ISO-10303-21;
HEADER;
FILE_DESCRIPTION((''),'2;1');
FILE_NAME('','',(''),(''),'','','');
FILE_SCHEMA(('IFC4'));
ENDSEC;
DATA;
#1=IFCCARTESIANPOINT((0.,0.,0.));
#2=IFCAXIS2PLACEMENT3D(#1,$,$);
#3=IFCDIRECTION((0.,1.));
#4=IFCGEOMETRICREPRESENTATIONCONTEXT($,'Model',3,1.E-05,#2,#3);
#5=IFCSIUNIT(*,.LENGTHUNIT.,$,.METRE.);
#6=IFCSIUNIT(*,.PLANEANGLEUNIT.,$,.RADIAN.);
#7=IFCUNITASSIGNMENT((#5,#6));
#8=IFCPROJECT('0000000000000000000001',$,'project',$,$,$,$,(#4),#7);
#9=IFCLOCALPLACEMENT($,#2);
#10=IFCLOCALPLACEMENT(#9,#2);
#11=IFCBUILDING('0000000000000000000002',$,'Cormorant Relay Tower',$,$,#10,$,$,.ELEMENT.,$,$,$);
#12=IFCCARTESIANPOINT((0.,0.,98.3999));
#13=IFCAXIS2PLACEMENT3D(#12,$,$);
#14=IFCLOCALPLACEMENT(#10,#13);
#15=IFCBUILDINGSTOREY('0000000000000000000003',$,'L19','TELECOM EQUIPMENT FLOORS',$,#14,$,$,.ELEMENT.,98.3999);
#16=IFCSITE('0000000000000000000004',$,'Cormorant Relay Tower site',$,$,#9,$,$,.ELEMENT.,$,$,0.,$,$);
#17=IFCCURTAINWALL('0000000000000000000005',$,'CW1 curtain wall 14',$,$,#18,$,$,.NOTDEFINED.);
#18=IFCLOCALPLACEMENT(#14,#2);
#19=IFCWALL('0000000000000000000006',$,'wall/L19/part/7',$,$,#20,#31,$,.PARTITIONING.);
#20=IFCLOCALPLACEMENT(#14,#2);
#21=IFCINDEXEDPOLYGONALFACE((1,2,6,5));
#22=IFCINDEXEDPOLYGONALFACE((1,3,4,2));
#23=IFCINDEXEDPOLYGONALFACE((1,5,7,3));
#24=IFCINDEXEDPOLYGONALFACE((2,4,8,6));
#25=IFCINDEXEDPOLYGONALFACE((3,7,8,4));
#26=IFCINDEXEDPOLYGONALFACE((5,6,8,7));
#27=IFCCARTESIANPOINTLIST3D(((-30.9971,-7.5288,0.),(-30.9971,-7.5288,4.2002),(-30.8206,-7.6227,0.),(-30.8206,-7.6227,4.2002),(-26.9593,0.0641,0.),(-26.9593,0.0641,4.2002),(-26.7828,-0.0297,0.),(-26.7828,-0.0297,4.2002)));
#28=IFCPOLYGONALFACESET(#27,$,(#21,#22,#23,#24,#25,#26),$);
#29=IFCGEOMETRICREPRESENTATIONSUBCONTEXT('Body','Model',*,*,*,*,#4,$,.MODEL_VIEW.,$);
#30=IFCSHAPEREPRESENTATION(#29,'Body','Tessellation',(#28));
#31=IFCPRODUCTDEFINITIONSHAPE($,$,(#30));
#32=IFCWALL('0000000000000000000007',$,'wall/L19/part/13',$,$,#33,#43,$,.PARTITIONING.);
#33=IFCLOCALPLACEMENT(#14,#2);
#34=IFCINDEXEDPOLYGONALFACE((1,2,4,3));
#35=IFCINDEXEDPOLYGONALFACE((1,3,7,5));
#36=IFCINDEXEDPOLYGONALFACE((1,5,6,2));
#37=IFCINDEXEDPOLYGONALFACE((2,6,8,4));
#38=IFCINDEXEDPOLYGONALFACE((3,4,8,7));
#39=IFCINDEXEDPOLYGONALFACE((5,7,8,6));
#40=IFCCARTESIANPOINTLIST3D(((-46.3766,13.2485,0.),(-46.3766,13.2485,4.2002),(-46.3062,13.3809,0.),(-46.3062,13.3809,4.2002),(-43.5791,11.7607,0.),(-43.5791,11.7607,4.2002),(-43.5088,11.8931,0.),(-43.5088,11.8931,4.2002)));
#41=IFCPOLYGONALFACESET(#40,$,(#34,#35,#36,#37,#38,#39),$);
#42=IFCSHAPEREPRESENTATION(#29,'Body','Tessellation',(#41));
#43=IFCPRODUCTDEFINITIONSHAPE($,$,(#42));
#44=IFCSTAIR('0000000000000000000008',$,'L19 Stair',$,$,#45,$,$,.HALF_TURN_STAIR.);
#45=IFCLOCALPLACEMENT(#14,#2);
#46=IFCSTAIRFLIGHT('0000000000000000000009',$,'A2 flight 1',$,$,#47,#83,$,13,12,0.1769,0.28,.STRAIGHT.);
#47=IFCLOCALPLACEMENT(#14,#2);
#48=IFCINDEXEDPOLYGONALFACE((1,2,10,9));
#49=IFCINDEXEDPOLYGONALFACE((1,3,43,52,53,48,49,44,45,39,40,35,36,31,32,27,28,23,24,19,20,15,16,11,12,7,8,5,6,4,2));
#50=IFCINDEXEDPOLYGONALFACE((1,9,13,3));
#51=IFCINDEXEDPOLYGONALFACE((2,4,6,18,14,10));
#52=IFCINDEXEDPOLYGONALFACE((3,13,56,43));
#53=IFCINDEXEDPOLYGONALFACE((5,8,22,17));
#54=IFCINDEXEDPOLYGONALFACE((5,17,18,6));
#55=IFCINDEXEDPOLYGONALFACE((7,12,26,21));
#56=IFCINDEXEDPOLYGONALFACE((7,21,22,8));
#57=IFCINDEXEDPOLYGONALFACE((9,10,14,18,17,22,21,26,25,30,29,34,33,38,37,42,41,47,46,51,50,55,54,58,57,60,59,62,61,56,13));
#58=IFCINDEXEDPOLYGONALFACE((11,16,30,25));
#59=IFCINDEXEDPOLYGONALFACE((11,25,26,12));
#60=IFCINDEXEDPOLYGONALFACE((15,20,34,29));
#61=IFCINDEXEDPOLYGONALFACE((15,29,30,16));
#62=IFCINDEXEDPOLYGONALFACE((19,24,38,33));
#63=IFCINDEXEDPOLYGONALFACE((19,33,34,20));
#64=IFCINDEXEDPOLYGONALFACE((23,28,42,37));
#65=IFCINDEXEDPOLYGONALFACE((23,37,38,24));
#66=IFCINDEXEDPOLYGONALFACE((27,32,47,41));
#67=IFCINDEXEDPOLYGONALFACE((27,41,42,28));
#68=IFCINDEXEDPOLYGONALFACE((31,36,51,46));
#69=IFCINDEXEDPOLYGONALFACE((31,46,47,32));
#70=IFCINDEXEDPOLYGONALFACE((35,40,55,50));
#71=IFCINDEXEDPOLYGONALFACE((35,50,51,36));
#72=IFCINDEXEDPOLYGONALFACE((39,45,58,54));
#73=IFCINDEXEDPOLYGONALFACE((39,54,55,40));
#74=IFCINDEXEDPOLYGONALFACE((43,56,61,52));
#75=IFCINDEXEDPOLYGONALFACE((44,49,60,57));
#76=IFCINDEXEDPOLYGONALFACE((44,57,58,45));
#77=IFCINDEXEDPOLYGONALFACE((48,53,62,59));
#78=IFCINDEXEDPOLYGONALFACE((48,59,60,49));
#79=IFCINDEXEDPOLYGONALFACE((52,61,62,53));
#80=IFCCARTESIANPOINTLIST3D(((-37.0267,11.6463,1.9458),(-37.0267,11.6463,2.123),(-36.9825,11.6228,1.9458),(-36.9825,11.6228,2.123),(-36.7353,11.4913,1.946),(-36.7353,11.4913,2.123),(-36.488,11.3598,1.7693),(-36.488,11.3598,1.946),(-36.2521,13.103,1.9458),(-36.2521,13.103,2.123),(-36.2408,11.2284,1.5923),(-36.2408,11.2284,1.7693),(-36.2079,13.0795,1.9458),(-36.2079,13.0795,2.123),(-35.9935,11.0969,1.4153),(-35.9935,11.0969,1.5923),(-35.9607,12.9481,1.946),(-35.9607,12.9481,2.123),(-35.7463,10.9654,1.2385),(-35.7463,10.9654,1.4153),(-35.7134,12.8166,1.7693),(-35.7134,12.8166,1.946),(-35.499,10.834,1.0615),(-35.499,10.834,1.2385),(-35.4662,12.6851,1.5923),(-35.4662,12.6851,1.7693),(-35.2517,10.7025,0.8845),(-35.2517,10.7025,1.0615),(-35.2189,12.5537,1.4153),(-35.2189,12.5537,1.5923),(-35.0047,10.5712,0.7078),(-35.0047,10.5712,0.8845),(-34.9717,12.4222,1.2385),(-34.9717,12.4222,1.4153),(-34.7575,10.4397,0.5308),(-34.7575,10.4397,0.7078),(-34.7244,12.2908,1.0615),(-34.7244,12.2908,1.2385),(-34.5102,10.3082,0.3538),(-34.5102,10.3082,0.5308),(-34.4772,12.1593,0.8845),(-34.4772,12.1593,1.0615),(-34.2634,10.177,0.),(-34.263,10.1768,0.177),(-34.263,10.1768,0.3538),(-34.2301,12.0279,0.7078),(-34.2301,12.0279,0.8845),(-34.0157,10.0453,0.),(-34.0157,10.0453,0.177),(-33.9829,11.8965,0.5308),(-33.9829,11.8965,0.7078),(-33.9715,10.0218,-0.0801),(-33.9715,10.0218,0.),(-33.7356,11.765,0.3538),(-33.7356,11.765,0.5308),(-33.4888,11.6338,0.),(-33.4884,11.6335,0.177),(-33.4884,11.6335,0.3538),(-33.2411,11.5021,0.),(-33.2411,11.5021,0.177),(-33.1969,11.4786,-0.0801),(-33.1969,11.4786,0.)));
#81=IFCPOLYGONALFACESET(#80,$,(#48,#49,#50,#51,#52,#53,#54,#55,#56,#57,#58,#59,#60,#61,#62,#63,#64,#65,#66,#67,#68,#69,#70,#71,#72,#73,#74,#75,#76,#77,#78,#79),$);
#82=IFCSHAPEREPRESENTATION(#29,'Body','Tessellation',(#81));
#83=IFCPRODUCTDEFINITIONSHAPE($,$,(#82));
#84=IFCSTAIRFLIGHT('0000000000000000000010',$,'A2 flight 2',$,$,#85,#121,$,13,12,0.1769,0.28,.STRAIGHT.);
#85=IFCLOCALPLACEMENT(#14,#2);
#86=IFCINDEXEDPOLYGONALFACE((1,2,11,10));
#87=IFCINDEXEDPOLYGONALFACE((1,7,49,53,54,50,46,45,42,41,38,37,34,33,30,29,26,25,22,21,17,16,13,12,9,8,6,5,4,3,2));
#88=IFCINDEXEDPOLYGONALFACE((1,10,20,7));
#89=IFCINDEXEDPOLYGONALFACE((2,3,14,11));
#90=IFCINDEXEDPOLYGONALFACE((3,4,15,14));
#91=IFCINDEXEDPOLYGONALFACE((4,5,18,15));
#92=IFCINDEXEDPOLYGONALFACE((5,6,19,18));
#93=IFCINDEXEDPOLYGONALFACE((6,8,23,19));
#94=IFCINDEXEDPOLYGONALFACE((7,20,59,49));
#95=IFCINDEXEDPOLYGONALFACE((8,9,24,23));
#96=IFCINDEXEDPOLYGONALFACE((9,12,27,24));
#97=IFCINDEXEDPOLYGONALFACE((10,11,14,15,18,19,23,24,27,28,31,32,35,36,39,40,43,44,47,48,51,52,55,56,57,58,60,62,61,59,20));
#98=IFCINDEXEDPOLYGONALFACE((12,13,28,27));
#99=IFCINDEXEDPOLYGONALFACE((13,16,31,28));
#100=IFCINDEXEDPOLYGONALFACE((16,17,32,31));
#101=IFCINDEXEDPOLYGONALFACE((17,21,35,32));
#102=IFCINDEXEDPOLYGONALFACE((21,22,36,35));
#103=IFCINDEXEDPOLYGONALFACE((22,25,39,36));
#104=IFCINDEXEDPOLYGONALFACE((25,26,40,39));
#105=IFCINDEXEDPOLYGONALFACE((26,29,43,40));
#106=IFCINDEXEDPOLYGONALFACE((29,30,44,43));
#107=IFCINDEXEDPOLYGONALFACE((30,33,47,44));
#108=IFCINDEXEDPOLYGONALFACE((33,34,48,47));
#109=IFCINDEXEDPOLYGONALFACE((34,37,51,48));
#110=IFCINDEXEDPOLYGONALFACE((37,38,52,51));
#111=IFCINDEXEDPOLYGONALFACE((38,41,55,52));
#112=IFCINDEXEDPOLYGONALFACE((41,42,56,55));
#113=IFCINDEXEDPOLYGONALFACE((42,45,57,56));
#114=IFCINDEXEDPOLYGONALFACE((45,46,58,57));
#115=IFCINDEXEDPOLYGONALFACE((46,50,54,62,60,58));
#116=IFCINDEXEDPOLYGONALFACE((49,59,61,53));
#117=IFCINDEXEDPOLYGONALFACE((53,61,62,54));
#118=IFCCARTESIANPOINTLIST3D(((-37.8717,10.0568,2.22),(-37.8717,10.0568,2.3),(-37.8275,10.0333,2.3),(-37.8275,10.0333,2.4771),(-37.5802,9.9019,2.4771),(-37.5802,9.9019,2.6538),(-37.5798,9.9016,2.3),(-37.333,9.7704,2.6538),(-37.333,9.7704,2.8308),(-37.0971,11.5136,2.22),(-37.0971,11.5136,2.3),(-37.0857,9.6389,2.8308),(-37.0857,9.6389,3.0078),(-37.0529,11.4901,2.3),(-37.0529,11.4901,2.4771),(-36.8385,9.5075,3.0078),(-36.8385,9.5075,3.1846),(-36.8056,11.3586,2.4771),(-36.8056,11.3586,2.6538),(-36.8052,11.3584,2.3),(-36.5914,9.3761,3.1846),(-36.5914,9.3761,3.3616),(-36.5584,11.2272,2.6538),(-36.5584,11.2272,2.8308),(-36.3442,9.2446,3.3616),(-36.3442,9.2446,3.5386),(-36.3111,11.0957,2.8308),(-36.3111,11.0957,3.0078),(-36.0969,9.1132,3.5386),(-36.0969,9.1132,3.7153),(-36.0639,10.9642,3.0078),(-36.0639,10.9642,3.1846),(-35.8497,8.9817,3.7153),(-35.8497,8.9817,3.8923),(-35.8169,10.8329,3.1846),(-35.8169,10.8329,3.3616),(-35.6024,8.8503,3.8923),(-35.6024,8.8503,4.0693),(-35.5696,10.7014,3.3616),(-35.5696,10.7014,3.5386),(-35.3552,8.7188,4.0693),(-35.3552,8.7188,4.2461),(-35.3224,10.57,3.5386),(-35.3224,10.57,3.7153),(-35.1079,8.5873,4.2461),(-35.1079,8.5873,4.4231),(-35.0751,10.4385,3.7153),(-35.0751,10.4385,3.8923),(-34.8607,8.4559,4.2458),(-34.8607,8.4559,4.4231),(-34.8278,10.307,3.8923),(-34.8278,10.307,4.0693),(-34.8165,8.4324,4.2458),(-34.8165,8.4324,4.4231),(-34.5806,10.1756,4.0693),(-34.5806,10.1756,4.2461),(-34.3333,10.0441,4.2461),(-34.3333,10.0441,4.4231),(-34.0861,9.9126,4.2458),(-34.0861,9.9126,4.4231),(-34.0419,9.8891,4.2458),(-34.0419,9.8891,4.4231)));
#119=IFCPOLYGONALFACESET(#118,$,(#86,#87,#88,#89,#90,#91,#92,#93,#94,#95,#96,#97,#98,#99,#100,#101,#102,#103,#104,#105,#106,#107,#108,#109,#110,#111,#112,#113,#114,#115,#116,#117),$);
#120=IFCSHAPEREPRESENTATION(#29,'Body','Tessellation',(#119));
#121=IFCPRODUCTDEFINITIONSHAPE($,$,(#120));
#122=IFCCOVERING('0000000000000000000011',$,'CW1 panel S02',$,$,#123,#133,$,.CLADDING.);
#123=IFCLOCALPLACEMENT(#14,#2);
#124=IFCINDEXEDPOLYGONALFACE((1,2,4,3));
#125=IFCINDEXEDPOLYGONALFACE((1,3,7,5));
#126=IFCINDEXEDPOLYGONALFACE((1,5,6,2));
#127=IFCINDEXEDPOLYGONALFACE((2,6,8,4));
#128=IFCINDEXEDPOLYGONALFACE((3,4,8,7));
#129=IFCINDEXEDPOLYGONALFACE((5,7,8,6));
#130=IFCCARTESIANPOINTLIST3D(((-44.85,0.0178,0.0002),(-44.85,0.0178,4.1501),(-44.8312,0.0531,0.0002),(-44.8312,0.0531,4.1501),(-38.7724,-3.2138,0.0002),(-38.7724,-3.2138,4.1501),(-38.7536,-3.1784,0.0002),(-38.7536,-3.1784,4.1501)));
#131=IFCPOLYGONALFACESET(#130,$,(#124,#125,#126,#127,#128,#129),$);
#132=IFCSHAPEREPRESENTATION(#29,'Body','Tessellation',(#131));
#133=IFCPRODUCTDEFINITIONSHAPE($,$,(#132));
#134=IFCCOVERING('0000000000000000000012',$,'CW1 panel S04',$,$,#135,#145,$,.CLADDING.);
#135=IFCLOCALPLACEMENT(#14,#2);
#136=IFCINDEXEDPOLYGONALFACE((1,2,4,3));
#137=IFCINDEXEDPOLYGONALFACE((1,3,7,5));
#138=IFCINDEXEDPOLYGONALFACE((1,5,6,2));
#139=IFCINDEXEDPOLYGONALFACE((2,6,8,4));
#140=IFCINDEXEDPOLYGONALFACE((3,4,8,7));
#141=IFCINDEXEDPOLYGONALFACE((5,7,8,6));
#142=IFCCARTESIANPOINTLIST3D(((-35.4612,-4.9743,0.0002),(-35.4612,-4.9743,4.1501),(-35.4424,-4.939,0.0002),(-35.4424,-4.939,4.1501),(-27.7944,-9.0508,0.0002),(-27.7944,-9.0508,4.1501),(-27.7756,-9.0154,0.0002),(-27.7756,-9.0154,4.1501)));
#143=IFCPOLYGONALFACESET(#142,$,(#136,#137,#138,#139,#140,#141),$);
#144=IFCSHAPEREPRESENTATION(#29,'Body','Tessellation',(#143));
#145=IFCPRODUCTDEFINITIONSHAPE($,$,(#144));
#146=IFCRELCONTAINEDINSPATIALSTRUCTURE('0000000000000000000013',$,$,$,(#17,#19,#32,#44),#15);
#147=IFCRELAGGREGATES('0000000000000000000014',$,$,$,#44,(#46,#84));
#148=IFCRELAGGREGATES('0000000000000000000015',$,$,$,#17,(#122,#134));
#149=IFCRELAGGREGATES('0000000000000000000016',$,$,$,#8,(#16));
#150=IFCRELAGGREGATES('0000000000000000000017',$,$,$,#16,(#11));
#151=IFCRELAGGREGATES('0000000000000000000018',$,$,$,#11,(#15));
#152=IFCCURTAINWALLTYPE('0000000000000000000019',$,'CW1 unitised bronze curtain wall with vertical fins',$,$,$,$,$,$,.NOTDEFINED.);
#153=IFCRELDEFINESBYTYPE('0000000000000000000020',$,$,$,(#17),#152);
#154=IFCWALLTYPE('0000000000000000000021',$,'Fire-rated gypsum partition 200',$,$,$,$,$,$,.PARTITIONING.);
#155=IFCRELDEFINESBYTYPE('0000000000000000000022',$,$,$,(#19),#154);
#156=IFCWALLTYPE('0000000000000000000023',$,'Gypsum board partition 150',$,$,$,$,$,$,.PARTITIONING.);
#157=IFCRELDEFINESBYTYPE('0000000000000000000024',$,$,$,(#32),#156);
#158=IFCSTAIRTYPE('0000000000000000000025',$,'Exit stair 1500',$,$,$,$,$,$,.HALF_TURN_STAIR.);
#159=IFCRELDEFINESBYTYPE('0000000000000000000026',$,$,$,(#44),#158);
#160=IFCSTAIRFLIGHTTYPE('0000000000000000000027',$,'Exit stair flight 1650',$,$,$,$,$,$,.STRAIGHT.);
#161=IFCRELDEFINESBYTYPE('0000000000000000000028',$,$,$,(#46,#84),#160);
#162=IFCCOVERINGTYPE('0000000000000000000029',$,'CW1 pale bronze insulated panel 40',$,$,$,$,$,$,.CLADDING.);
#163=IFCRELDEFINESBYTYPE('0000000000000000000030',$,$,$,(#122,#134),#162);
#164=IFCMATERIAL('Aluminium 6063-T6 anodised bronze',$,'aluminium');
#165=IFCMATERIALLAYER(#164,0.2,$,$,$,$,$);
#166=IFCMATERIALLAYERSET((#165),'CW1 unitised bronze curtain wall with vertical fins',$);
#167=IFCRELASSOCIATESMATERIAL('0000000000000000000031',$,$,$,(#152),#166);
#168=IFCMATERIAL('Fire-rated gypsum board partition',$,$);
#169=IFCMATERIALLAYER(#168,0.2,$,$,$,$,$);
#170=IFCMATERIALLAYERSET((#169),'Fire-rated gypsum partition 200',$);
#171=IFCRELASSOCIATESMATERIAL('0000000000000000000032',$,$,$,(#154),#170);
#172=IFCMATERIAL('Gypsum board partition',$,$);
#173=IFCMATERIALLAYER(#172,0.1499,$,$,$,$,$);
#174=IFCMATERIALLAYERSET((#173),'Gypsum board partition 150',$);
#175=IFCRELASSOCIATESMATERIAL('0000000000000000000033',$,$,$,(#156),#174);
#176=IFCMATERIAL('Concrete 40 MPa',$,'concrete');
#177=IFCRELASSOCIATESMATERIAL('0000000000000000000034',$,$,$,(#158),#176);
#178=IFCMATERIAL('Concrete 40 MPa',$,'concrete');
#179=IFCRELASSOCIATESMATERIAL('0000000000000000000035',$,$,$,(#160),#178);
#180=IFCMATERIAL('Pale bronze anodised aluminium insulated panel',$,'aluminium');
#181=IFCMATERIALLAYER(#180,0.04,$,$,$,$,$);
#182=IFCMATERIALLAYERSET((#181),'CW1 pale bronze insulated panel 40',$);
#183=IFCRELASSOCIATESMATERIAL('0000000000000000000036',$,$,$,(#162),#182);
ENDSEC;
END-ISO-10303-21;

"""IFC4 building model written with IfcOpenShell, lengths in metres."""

from ifc_helpers import new_model, si_unit, direction, frame, frame_2d, origin, origin_2d, place, context, subcontext, project, spatial, polyline, rectangle, outline, extrude, material, layer, layer_set, type_object, element, aggregate, save


model = new_model("IFC4")

# Units and contexts
model_context = context("Model", 3, precision=1e-05, world=origin(), true_north=direction((0.0, 1.0)))
body_context = subcontext(model_context, "Body", "Model", "MODEL_VIEW")
ifc_project = project(units=[si_unit("LENGTHUNIT", "METRE"), si_unit("PLANEANGLEUNIT", "RADIAN")], contexts=[model_context])

# Site, building, storey
site_placement = place(None, origin())
site = spatial("IfcSite", under=ifc_project, at=site_placement, Name="Cormorant Relay Tower site", CompositionType="ELEMENT", RefElevation=0.0)
building_placement = place(site_placement, origin())
building = spatial("IfcBuilding", under=site, at=building_placement, Name="Cormorant Relay Tower", CompositionType="ELEMENT")
storey_placement = place(building_placement, frame((0.0, 0.0, 98.3999)))
storey = spatial("IfcBuildingStorey", under=building, at=storey_placement, Name="L19", Description="TELECOM EQUIPMENT FLOORS", CompositionType="ELEMENT", Elevation=98.3999)

# Curtain wall
ifc_material_1 = material(Name="Aluminium 6063-T6 anodised bronze", Category="aluminium")
ifc_layer_1 = layer(ifc_material_1, 0.2)
ifc_layer_set_1 = layer_set([ifc_layer_1], Name="CW1 unitised bronze curtain wall with vertical fins")
curtain_wall_type = type_object("IfcCurtainWallType", Name="CW1 unitised bronze curtain wall with vertical fins", PredefinedType="NOTDEFINED", material=ifc_layer_set_1)
curtain_wall_placement = place(storey_placement, origin())
curtain_wall = element("IfcCurtainWall", 1, at=curtain_wall_placement, inside=storey, type_object=curtain_wall_type, Name="CW1 curtain wall 14", PredefinedType="NOTDEFINED")

# Walls
ifc_material_2 = material(Name="Fire-rated gypsum board partition")
ifc_layer_2 = layer(ifc_material_2, 0.2)
ifc_layer_set_2 = layer_set([ifc_layer_2], Name="Fire-rated gypsum partition 200")
wall_type_1 = type_object("IfcWallType", Name="Fire-rated gypsum partition 200", PredefinedType="PARTITIONING", material=ifc_layer_set_2)
wall_1_placement = place(storey_placement, frame((-26.8711, 0.0171, 0.0), z_axis=(0.0, 0.0, 1.0), x_axis=(-0.469523, -0.88292, 0.0)))
element("IfcWall", 2, at=wall_1_placement, inside=storey, type_object=wall_type_1, Name="wall/L19/part/7", PredefinedType="PARTITIONING", context=body_context, shape_type="SweptSolid", body=[
    extrude(rectangle(XDim=8.5999, YDim=0.2, at=frame_2d((4.2998, 0.0))), origin(), (0.0, 0.0, 1.0), 4.2002),
])
ifc_material_3 = material(Name="Gypsum board partition")
ifc_layer_3 = layer(ifc_material_3, 0.1499)
ifc_layer_set_3 = layer_set([ifc_layer_3], Name="Gypsum board partition 150")
wall_type_2 = type_object("IfcWallType", Name="Gypsum board partition 150", PredefinedType="PARTITIONING", material=ifc_layer_set_3)
wall_2_placement = place(storey_placement, frame((-43.5439, 11.8269, 0.0), z_axis=(0.0, 0.0, 1.0), x_axis=(-0.882894, 0.469572, 0.0)))
element("IfcWall", 3, at=wall_2_placement, inside=storey, type_object=wall_type_2, Name="wall/L19/part/13", PredefinedType="PARTITIONING", context=body_context, shape_type="SweptSolid", body=[
    extrude(rectangle(XDim=3.1685, YDim=0.1499, at=frame_2d((1.5842, 0.0))), origin(), (0.0, 0.0, 1.0), 4.2002),
])

# Stair, stair flights
ifc_material_4 = material(Name="Concrete 40 MPa", Category="concrete")
stair_type = type_object("IfcStairType", Name="Exit stair 1500", PredefinedType="HALF_TURN_STAIR", material=ifc_material_4)
stair_placement = place(storey_placement, origin())
stair = element("IfcStair", 4, at=stair_placement, inside=storey, type_object=stair_type, Name="L19 Stair", PredefinedType="HALF_TURN_STAIR")
ifc_material_5 = material(Name="Concrete 40 MPa", Category="concrete")
stair_flight_type = type_object("IfcStairFlightType", Name="Exit stair flight 1650", PredefinedType="STRAIGHT", material=ifc_material_5)
stair_flight_1_placement = place(storey_placement, frame((-33.6284, 10.7737, 0.0), z_axis=(0.0, 0.0, 1.0), x_axis=(-0.882948, 0.469472, 0.0)))
stair_flight_1 = element("IfcStairFlight", 5, at=stair_flight_1_placement, type_object=stair_flight_type, Name="A2 flight 1", NumberOfRisers=13, NumberOfTreads=12, PredefinedType="STRAIGHT", RiserHeight=0.1769, TreadLength=0.28, context=body_context, shape_type="SweptSolid", body=[
    extrude(outline(polyline([(-0.05, -0.0801), (-0.05, 0.0), (0.0, 0.0), (0.0, 0.177), (0.28, 0.177), (0.28, 0.3538), (0.5601, 0.3538), (0.5601, 0.5308), (0.8401, 0.5308), (0.8401, 0.7078), (1.1201, 0.7078), (1.1201, 0.8845), (1.3999, 0.8845), (1.3999, 1.0615), (1.6799, 1.0615), (1.6799, 1.2385), (1.96, 1.2385), (1.96, 1.4153), (2.24, 1.4153), (2.24, 1.5923), (2.52, 1.5923), (2.52, 1.7693), (2.8, 1.7693), (2.8, 1.946), (3.0801, 1.946), (3.0801, 2.123), (3.3601, 2.123), (3.4102, 2.123), (3.4102, 1.9458), (3.3601, 1.9458), (0.2805, 0.0), (-0.05, -0.0801)])), frame((0.0, 0.825, 0.0), z_axis=(0.0, -1.0, 0.0), x_axis=(1.0, 0.0, 0.0)), (0.0, 0.0, 1.0), 1.6499),
])
stair_flight_2_placement = place(storey_placement, frame((-37.4402, 10.7617, 2.3), z_axis=(0.0, 0.0, 1.0), x_axis=(0.882948, -0.469472, 0.0)))
stair_flight_2 = element("IfcStairFlight", 6, at=stair_flight_2_placement, type_object=stair_flight_type, Name="A2 flight 2", NumberOfRisers=13, NumberOfTreads=12, PredefinedType="STRAIGHT", RiserHeight=0.1769, TreadLength=0.28, context=body_context, shape_type="SweptSolid", body=[
    extrude(outline(polyline([(-0.05, -0.0801), (-0.05, 0.0), (0.0, 0.0), (0.0, 0.177), (0.28, 0.177), (0.28, 0.3538), (0.5601, 0.3538), (0.5601, 0.5308), (0.8401, 0.5308), (0.8401, 0.7078), (1.1201, 0.7078), (1.1201, 0.8845), (1.3999, 0.8845), (1.3999, 1.0615), (1.6799, 1.0615), (1.6799, 1.2385), (1.96, 1.2385), (1.96, 1.4153), (2.24, 1.4153), (2.24, 1.5923), (2.52, 1.5923), (2.52, 1.7693), (2.8, 1.7693), (2.8, 1.946), (3.0801, 1.946), (3.0801, 2.123), (3.3601, 2.123), (3.4102, 2.123), (3.4102, 1.9458), (3.3601, 1.9458), (0.2805, 0.0), (-0.05, -0.0801)])), frame((0.0, 0.825, 0.0), z_axis=(0.0, -1.0, 0.0), x_axis=(1.0, 0.0, 0.0)), (0.0, 0.0, 1.0), 1.6499),
])
aggregate(stair, [stair_flight_1, stair_flight_2])

# Coverings
ifc_material_6 = material(Name="Pale bronze anodised aluminium insulated panel", Category="aluminium")
ifc_layer_4 = layer(ifc_material_6, 0.04)
ifc_layer_set_4 = layer_set([ifc_layer_4], Name="CW1 pale bronze insulated panel 40")
covering_type = type_object("IfcCoveringType", Name="CW1 pale bronze insulated panel 40", PredefinedType="CLADDING", material=ifc_layer_set_4)
covering_1_placement = place(storey_placement, frame((-41.8018, -1.5803, 0.0002), z_axis=(0.0, 0.0, 1.0), x_axis=(0.882948, -0.469472, 0.0)))
covering_1 = element("IfcCovering", 7, at=covering_1_placement, type_object=covering_type, Name="CW1 panel S02", PredefinedType="CLADDING", context=body_context, shape_type="SweptSolid", body=[
    extrude(rectangle(XDim=6.8833, YDim=0.04, at=origin_2d()), origin(), (0.0, 0.0, 1.0), 4.1499),
])
covering_2_placement = place(storey_placement, frame((-31.6184, -6.9949, 0.0002), z_axis=(0.0, 0.0, 1.0), x_axis=(0.882948, -0.469472, 0.0)))
covering_2 = element("IfcCovering", 8, at=covering_2_placement, type_object=covering_type, Name="CW1 panel S04", PredefinedType="CLADDING", context=body_context, shape_type="SweptSolid", body=[
    extrude(rectangle(XDim=8.6831, YDim=0.04, at=origin_2d()), origin(), (0.0, 0.0, 1.0), 4.1499),
])
aggregate(curtain_wall, [covering_1, covering_2])

save(model, "model.ifc")
